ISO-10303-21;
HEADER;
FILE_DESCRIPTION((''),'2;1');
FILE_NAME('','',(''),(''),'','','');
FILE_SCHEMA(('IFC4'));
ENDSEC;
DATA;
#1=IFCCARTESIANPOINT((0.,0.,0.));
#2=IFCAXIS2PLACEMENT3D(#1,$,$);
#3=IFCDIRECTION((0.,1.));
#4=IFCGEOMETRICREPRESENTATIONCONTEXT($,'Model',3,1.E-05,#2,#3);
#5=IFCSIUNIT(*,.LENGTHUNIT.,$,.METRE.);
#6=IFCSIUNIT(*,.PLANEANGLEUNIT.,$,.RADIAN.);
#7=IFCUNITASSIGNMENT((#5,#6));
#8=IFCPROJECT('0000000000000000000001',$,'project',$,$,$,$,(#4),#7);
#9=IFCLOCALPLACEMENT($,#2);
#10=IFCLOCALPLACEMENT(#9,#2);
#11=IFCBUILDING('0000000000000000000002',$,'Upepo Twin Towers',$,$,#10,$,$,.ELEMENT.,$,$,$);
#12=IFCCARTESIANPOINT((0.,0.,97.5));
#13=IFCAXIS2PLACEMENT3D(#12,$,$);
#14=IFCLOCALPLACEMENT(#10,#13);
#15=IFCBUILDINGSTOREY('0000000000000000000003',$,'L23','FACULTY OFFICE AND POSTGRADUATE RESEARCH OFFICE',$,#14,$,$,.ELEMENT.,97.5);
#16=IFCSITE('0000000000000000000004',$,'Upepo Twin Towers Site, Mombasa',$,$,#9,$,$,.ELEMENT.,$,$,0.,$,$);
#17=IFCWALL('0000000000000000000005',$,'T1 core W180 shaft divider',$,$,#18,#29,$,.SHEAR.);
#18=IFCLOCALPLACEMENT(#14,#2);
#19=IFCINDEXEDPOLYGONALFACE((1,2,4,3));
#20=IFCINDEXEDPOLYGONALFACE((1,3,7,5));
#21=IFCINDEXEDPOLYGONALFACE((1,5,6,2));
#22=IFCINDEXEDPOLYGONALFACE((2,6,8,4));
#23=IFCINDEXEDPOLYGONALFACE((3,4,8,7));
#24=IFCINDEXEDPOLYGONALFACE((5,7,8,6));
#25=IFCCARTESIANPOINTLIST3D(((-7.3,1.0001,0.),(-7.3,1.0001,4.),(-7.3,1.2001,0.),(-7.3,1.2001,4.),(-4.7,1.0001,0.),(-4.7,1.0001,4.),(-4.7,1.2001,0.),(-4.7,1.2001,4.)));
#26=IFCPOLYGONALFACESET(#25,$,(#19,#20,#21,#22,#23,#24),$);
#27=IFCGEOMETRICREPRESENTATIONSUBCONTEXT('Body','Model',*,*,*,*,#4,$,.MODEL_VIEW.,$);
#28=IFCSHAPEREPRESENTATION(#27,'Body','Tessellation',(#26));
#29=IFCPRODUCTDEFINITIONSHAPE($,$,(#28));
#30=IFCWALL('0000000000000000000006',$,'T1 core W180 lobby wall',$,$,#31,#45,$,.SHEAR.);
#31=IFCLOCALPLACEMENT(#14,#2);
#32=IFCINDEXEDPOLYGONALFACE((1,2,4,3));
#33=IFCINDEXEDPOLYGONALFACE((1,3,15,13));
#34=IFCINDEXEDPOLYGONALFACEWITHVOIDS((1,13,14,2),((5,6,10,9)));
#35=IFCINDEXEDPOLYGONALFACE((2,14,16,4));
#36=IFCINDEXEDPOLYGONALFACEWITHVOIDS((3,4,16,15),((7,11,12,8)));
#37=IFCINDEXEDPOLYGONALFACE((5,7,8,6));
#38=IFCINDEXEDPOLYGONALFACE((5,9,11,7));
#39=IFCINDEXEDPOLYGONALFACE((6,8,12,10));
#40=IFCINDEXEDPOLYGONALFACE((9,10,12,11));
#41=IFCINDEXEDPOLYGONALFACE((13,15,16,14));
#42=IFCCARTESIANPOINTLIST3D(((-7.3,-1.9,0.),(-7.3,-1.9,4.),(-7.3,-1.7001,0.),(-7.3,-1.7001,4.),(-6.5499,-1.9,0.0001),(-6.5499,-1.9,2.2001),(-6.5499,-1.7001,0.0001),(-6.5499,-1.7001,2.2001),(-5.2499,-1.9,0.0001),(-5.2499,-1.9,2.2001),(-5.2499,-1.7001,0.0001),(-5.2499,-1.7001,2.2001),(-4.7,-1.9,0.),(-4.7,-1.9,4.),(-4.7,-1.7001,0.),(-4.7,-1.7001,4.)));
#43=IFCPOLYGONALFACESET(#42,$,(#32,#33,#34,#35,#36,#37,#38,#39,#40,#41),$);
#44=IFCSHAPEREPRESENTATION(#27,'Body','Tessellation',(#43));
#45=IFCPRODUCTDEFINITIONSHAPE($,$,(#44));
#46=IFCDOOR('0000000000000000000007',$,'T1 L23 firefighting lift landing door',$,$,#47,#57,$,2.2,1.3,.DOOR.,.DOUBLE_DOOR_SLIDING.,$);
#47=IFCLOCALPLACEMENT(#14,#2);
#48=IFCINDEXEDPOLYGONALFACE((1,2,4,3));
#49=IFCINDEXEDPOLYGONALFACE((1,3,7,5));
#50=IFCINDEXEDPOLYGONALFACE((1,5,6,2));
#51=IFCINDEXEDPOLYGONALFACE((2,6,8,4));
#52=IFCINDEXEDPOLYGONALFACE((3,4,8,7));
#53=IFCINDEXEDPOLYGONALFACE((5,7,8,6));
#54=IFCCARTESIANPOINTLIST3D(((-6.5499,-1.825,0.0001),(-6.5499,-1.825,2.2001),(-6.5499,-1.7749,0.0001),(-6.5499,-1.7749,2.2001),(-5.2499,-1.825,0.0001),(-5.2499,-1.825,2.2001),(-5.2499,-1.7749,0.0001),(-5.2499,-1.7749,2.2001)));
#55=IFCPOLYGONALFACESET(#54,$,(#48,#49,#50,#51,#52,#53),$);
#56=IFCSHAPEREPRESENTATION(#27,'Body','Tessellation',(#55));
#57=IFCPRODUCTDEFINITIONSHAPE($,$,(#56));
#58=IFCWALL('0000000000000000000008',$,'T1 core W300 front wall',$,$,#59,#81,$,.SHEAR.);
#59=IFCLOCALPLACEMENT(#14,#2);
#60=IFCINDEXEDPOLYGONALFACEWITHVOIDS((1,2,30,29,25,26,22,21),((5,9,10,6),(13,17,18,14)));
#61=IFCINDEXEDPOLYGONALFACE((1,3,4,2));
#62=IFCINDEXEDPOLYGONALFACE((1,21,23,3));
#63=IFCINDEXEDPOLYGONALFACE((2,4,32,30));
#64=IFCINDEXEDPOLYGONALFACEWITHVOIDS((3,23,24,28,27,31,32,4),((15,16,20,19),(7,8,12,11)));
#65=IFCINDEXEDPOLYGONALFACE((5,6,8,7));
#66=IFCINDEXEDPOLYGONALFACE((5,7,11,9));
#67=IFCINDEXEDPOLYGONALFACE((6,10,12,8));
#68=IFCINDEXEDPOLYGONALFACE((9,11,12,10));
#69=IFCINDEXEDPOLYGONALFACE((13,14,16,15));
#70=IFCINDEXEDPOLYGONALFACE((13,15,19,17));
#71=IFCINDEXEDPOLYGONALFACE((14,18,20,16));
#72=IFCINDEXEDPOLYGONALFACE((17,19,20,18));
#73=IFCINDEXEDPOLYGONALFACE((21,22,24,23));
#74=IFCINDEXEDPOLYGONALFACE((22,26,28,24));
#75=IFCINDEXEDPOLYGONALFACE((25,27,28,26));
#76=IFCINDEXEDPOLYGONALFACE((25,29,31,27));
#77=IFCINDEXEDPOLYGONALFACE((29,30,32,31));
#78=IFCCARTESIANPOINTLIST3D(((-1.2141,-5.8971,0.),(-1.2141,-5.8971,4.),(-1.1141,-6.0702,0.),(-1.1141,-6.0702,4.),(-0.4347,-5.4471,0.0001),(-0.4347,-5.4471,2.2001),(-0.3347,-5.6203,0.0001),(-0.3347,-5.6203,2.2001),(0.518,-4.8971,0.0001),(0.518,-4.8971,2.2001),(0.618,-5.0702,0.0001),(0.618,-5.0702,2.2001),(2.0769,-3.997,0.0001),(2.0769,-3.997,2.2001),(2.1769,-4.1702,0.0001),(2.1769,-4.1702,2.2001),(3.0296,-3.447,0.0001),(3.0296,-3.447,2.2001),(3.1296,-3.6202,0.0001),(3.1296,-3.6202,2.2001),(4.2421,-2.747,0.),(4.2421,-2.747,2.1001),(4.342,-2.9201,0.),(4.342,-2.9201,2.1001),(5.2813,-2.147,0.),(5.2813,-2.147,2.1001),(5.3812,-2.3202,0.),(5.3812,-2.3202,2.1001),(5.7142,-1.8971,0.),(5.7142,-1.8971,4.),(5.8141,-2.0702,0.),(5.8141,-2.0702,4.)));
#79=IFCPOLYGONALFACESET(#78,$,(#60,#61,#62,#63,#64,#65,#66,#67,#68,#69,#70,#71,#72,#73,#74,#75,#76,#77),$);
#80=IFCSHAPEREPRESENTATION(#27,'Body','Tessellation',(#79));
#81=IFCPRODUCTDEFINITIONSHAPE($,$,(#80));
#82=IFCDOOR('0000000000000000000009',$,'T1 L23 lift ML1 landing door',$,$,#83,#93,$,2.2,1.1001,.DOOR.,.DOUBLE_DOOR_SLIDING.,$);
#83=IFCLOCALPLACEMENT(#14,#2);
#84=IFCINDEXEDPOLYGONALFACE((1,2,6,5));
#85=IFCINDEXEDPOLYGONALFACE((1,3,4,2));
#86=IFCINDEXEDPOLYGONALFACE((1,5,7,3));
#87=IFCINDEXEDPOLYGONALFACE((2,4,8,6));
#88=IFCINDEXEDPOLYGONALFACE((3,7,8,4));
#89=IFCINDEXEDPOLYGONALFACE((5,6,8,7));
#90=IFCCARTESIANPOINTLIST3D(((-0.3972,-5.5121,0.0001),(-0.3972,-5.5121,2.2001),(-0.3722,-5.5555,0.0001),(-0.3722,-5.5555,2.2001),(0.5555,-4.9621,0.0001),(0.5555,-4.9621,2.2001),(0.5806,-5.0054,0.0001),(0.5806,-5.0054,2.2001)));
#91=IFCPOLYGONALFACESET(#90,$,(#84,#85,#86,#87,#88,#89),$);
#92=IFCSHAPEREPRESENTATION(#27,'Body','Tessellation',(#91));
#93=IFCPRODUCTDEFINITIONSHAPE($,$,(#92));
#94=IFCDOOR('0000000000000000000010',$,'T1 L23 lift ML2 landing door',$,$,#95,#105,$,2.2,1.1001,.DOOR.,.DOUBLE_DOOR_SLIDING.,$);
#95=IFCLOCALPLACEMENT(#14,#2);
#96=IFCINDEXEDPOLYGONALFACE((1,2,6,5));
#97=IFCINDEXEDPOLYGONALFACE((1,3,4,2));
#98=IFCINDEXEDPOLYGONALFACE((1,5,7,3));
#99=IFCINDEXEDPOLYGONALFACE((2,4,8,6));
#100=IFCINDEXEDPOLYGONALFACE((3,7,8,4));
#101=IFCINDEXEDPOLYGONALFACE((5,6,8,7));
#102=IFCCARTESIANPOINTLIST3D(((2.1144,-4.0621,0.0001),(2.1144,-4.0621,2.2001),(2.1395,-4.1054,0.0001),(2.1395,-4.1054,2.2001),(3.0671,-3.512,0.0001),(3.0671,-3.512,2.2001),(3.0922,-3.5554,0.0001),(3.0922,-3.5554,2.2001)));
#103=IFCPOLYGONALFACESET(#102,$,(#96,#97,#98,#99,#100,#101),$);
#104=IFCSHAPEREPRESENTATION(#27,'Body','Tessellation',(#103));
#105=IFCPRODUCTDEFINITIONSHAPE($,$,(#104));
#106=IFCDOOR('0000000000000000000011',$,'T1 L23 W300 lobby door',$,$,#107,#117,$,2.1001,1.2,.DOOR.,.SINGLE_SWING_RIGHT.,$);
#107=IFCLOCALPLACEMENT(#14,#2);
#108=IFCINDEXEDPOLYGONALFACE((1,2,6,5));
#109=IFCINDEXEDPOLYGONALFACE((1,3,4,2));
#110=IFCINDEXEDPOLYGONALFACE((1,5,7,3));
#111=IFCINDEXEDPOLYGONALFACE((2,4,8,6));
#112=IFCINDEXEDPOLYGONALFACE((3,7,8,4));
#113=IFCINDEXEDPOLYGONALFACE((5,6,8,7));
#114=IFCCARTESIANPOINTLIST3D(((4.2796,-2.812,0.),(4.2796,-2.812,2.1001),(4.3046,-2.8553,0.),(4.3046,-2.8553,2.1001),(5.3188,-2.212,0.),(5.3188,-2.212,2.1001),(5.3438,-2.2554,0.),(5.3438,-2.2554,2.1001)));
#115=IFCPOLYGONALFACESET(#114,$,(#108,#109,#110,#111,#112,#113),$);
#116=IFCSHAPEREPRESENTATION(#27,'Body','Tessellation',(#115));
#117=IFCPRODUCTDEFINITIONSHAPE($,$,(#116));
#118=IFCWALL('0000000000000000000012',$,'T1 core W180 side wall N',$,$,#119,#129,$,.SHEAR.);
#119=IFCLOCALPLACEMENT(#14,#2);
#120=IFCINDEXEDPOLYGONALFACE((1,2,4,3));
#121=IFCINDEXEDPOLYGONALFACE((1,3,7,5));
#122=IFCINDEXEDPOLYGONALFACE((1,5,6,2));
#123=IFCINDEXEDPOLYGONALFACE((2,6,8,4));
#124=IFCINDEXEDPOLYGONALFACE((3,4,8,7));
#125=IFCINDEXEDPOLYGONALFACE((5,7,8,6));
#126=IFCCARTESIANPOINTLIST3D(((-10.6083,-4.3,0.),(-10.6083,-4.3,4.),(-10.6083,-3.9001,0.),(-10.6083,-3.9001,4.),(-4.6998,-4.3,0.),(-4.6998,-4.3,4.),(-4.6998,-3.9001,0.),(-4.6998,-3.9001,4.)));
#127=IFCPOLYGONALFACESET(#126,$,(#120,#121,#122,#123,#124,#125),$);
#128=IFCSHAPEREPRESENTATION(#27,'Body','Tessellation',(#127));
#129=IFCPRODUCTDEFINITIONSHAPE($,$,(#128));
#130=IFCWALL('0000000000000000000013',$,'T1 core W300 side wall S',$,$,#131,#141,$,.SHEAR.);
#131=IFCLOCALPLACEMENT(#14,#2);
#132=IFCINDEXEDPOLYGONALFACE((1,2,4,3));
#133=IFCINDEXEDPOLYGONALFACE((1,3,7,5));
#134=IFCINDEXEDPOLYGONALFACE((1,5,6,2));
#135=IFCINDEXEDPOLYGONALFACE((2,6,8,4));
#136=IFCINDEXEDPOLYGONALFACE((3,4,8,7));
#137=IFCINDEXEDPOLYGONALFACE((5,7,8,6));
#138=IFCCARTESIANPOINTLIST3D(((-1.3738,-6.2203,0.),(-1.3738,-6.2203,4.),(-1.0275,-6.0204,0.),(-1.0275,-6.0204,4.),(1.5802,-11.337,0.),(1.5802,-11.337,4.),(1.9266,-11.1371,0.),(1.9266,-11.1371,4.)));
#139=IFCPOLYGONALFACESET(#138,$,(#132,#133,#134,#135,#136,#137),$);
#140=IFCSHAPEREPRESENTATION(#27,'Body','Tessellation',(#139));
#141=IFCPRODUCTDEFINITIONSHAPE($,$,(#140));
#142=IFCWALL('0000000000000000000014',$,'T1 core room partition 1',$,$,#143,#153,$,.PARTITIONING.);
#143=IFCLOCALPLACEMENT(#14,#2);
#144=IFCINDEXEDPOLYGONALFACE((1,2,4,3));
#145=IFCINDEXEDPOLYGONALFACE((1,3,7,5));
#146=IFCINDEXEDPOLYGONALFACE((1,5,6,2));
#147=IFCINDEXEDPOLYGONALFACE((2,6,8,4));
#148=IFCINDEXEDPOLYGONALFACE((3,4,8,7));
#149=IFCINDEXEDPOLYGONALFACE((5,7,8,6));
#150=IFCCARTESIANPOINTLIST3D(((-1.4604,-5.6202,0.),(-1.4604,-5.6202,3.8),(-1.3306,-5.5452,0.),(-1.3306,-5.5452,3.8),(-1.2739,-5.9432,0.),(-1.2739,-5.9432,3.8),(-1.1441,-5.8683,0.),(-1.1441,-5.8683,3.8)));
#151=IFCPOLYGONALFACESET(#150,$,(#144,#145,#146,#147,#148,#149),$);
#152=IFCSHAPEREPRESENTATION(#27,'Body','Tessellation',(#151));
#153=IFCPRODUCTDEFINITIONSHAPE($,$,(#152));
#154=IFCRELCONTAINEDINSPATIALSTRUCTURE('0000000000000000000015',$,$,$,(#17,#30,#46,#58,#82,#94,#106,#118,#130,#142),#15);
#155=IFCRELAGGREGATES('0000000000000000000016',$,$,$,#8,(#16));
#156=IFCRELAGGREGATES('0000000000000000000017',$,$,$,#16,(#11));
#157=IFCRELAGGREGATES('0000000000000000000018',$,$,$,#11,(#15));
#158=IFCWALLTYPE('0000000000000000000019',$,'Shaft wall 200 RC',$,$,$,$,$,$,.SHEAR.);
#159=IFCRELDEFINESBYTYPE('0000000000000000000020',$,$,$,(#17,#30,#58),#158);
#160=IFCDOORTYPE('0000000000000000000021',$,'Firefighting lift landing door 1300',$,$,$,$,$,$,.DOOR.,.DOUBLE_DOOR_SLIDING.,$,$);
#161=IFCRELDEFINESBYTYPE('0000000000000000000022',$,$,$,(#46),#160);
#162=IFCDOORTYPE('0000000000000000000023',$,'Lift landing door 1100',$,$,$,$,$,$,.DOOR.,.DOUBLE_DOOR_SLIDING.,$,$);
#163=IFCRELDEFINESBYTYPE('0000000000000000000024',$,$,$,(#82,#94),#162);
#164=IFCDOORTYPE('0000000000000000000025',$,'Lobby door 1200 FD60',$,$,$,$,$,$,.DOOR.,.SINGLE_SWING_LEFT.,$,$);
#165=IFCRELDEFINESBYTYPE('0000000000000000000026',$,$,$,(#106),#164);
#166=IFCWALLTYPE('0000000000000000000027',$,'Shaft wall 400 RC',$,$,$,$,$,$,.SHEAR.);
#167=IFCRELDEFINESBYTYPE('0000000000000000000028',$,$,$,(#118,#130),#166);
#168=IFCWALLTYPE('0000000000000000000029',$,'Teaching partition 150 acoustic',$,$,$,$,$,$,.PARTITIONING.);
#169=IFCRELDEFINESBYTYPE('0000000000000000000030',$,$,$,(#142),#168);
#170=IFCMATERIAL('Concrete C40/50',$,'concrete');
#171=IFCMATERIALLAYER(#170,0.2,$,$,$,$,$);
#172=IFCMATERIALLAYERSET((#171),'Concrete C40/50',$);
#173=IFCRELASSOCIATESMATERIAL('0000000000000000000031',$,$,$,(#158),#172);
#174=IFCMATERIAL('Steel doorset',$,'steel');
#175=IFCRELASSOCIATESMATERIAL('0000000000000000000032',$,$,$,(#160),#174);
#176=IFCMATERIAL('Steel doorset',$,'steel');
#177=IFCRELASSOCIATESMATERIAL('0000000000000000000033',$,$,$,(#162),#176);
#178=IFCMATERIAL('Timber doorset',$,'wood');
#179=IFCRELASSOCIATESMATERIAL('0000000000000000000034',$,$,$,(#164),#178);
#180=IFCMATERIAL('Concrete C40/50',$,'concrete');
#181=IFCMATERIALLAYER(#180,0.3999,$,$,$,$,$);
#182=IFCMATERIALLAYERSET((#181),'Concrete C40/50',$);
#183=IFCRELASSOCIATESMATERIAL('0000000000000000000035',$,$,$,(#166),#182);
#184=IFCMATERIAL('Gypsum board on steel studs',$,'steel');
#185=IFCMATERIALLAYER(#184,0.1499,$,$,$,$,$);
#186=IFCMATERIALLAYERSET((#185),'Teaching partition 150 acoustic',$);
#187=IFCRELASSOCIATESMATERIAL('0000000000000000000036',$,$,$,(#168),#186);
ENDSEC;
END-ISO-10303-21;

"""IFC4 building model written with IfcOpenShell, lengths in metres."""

from ifc_helpers import new_model, si_unit, direction, frame, frame_2d, origin, place, context, subcontext, project, spatial, rectangle, extrude, material, layer, layer_set, type_object, element, fill, save


model = new_model("IFC4")

# Units and contexts
model_context = context("Model", 3, precision=1e-05, world=origin(), true_north=direction((0.0, 1.0)))
body_context = subcontext(model_context, "Body", "Model", "MODEL_VIEW")
ifc_project = project(units=[si_unit("LENGTHUNIT", "METRE"), si_unit("PLANEANGLEUNIT", "RADIAN")], contexts=[model_context])

# Site, building, storey
site_placement = place(None, origin())
site = spatial("IfcSite", under=ifc_project, at=site_placement, Name="Upepo Twin Towers Site, Mombasa", CompositionType="ELEMENT", RefElevation=0.0)
building_placement = place(site_placement, origin())
building = spatial("IfcBuilding", under=site, at=building_placement, Name="Upepo Twin Towers", CompositionType="ELEMENT")
storey_placement = place(building_placement, frame((0.0, 0.0, 97.5)))
storey = spatial("IfcBuildingStorey", under=building, at=storey_placement, Name="L23", Description="FACULTY OFFICE AND POSTGRADUATE RESEARCH OFFICE", CompositionType="ELEMENT", Elevation=97.5)

# Wall
ifc_material_1 = material(Name="Concrete C40/50", Category="concrete")
ifc_layer_1 = layer(ifc_material_1, 0.2)
ifc_layer_set_1 = layer_set([ifc_layer_1], Name="Concrete C40/50")
wall_type_1 = type_object("IfcWallType", Name="Shaft wall 200 RC", PredefinedType="SHEAR", material=ifc_layer_set_1)
wall_1_placement = place(storey_placement, frame((-4.7, 1.1001, 0.0), z_axis=(0.0, 0.0, 1.0), x_axis=(-1.0, 0.0, 0.0)))
element("IfcWall", 1, at=wall_1_placement, inside=storey, type_object=wall_type_1, Name="T1 core W180 shaft divider", PredefinedType="SHEAR", context=body_context, shape_type="SweptSolid", body=[
    extrude(rectangle(XDim=2.6001, YDim=0.2, at=frame_2d((1.3, 0.0))), origin(), (0.0, 0.0, 1.0), 4.0),
])

# Wall, opening, door
wall_2_placement = place(storey_placement, frame((-4.7, -1.8, 0.0), z_axis=(0.0, 0.0, 1.0), x_axis=(-1.0, 0.0, 0.0)))
wall_2 = element("IfcWall", 2, at=wall_2_placement, inside=storey, type_object=wall_type_1, Name="T1 core W180 lobby wall", PredefinedType="SHEAR", context=body_context, shape_type="SweptSolid", body=[
    extrude(rectangle(XDim=2.6001, YDim=0.2, at=frame_2d((1.3, 0.0))), origin(), (0.0, 0.0, 1.0), 4.0),
])
opening_1_placement = place(wall_2_placement, frame((0.55, 0.0, 0.0)))
opening_1 = element("IfcOpeningElement", 3, at=opening_1_placement, cuts=wall_2, PredefinedType="OPENING", context=body_context, shape_type="SweptSolid", body=[
    extrude(rectangle(XDim=1.3, YDim=2.2, at=frame_2d((0.6499, 1.1001))), frame((0.0, 0.1099, 0.0), z_axis=(0.0, -1.0, 0.0), x_axis=(1.0, 0.0, 0.0)), (0.0, 0.0, 1.0), 0.22),
])
ifc_material_2 = material(Name="Steel doorset", Category="steel")
door_type_1 = type_object("IfcDoorType", Name="Firefighting lift landing door 1300", OperationType="DOUBLE_DOOR_SLIDING", PredefinedType="DOOR", material=ifc_material_2)
door_1_placement = place(opening_1_placement, origin())
door_1 = element("IfcDoor", 4, at=door_1_placement, inside=storey, type_object=door_type_1, Name="T1 L23 firefighting lift landing door", OperationType="DOUBLE_DOOR_SLIDING", OverallHeight=2.2, OverallWidth=1.3, PredefinedType="DOOR", context=body_context, shape_type="SweptSolid", body=[
    extrude(rectangle(XDim=1.3, YDim=2.2, at=frame_2d((0.6499, 1.1001))), frame((0.0, 0.0249, 0.0), z_axis=(0.0, -1.0, 0.0), x_axis=(1.0, 0.0, 0.0)), (0.0, 0.0, 1.0), 0.05),
])
fill(opening_1, door_1)

# Wall, openings, doors
wall_3_placement = place(storey_placement, frame((-1.1641, -5.9836, 0.0), z_axis=(0.0, 0.0, 1.0), x_axis=(0.866026, 0.499999, 0.0)))
wall_3 = element("IfcWall", 5, at=wall_3_placement, inside=storey, type_object=wall_type_1, Name="T1 core W300 front wall", PredefinedType="SHEAR", context=body_context, shape_type="SweptSolid", body=[
    extrude(rectangle(XDim=8.0, YDim=0.2, at=frame_2d((4.0, 0.0))), origin(), (0.0, 0.0, 1.0), 4.0),
])
opening_2_placement = place(wall_3_placement, frame((6.3, 0.0, 0.0)))
opening_2 = element("IfcOpeningElement", 6, at=opening_2_placement, cuts=wall_3, PredefinedType="OPENING", context=body_context, shape_type="SweptSolid", body=[
    extrude(rectangle(XDim=1.2, YDim=2.1001, at=frame_2d((0.6001, 1.05))), frame((0.0, 0.1099, 0.0), z_axis=(0.0, -1.0, 0.0), x_axis=(1.0, 0.0, 0.0)), (0.0, 0.0, 1.0), 0.22),
])
opening_3_placement = place(wall_3_placement, frame((0.8999, 0.0, 0.0)))
opening_3 = element("IfcOpeningElement", 7, at=opening_3_placement, cuts=wall_3, PredefinedType="OPENING", context=body_context, shape_type="SweptSolid", body=[
    extrude(rectangle(XDim=1.1001, YDim=2.2, at=frame_2d((0.55, 1.1001))), frame((0.0, 0.1099, 0.0), z_axis=(0.0, -1.0, 0.0), x_axis=(1.0, 0.0, 0.0)), (0.0, 0.0, 1.0), 0.22),
])
opening_4_placement = place(wall_3_placement, frame((3.8, 0.0, 0.0)))
opening_4 = element("IfcOpeningElement", 8, at=opening_4_placement, cuts=wall_3, PredefinedType="OPENING", context=body_context, shape_type="SweptSolid", body=[
    extrude(rectangle(XDim=1.1001, YDim=2.2, at=frame_2d((0.55, 1.1001))), frame((0.0, 0.1099, 0.0), z_axis=(0.0, -1.0, 0.0), x_axis=(1.0, 0.0, 0.0)), (0.0, 0.0, 1.0), 0.22),
])
ifc_material_3 = material(Name="Steel doorset", Category="steel")
door_type_2 = type_object("IfcDoorType", Name="Lift landing door 1100", OperationType="DOUBLE_DOOR_SLIDING", PredefinedType="DOOR", material=ifc_material_3)
door_2_placement = place(opening_3_placement, origin())
door_2 = element("IfcDoor", 9, at=door_2_placement, inside=storey, type_object=door_type_2, Name="T1 L23 lift ML1 landing door", OperationType="DOUBLE_DOOR_SLIDING", OverallHeight=2.2, OverallWidth=1.1001, PredefinedType="DOOR", context=body_context, shape_type="SweptSolid", body=[
    extrude(rectangle(XDim=1.1001, YDim=2.2, at=frame_2d((0.55, 1.1001))), frame((0.0, 0.0249, 0.0), z_axis=(0.0, -1.0, 0.0), x_axis=(1.0, 0.0, 0.0)), (0.0, 0.0, 1.0), 0.05),
])
fill(opening_3, door_2)
door_3_placement = place(opening_4_placement, origin())
door_3 = element("IfcDoor", 10, at=door_3_placement, inside=storey, type_object=door_type_2, Name="T1 L23 lift ML2 landing door", OperationType="DOUBLE_DOOR_SLIDING", OverallHeight=2.2, OverallWidth=1.1001, PredefinedType="DOOR", context=body_context, shape_type="SweptSolid", body=[
    extrude(rectangle(XDim=1.1001, YDim=2.2, at=frame_2d((0.55, 1.1001))), frame((0.0, 0.0249, 0.0), z_axis=(0.0, -1.0, 0.0), x_axis=(1.0, 0.0, 0.0)), (0.0, 0.0, 1.0), 0.05),
])
fill(opening_4, door_3)
ifc_material_4 = material(Name="Timber doorset", Category="wood")
door_type_3 = type_object("IfcDoorType", Name="Lobby door 1200 FD60", OperationType="SINGLE_SWING_LEFT", PredefinedType="DOOR", material=ifc_material_4)
door_4_placement = place(opening_2_placement, origin())
door_4 = element("IfcDoor", 11, at=door_4_placement, inside=storey, type_object=door_type_3, Name="T1 L23 W300 lobby door", OperationType="SINGLE_SWING_RIGHT", OverallHeight=2.1001, OverallWidth=1.2, PredefinedType="DOOR", context=body_context, shape_type="SweptSolid", body=[
    extrude(rectangle(XDim=1.2, YDim=2.1001, at=frame_2d((0.6001, 1.05))), frame((0.0, 0.0249, 0.0), z_axis=(0.0, -1.0, 0.0), x_axis=(1.0, 0.0, 0.0)), (0.0, 0.0, 1.0), 0.05),
])
fill(opening_2, door_4)

# Walls
ifc_material_5 = material(Name="Concrete C40/50", Category="concrete")
ifc_layer_2 = layer(ifc_material_5, 0.3999)
ifc_layer_set_2 = layer_set([ifc_layer_2], Name="Concrete C40/50")
wall_type_2 = type_object("IfcWallType", Name="Shaft wall 400 RC", PredefinedType="SHEAR", material=ifc_layer_set_2)
wall_4_placement = place(storey_placement, frame((-4.7, -4.1001, 0.0), z_axis=(0.0, 0.0, 1.0), x_axis=(-1.0, 0.0, 0.0)))
element("IfcWall", 12, at=wall_4_placement, inside=storey, type_object=wall_type_2, Name="T1 core W180 side wall N", PredefinedType="SHEAR", context=body_context, shape_type="SweptSolid", body=[
    extrude(rectangle(XDim=5.9084, YDim=0.3999, at=frame_2d((2.9541, 0.0))), origin(), (0.0, 0.0, 1.0), 4.0),
])
wall_5_placement = place(storey_placement, frame((-1.2007, -6.1204, 0.0), z_axis=(0.0, 0.0, 1.0), x_axis=(0.499997, -0.866027, 0.0)))
element("IfcWall", 13, at=wall_5_placement, inside=storey, type_object=wall_type_2, Name="T1 core W300 side wall S", PredefinedType="SHEAR", context=body_context, shape_type="SweptSolid", body=[
    extrude(rectangle(XDim=5.9082, YDim=0.3999, at=frame_2d((2.9541, 0.0))), origin(), (0.0, 0.0, 1.0), 4.0),
])
ifc_material_6 = material(Name="Gypsum board on steel studs", Category="steel")
ifc_layer_3 = layer(ifc_material_6, 0.1499)
ifc_layer_set_3 = layer_set([ifc_layer_3], Name="Teaching partition 150 acoustic")
wall_type_3 = type_object("IfcWallType", Name="Teaching partition 150 acoustic", PredefinedType="PARTITIONING", material=ifc_layer_set_3)
wall_6_placement = place(storey_placement, frame((-1.209, -5.9058, 0.0), z_axis=(0.0, 0.0, 1.0), x_axis=(-0.500081, 0.865978, 0.0)))
element("IfcWall", 14, at=wall_6_placement, inside=storey, type_object=wall_type_3, Name="T1 core room partition 1", PredefinedType="PARTITIONING", context=body_context, shape_type="SweptSolid", body=[
    extrude(rectangle(XDim=0.373, YDim=0.1499, at=frame_2d((0.1865, 0.0))), origin(), (0.0, 0.0, 1.0), 3.8),
])

save(model, "model.ifc")
